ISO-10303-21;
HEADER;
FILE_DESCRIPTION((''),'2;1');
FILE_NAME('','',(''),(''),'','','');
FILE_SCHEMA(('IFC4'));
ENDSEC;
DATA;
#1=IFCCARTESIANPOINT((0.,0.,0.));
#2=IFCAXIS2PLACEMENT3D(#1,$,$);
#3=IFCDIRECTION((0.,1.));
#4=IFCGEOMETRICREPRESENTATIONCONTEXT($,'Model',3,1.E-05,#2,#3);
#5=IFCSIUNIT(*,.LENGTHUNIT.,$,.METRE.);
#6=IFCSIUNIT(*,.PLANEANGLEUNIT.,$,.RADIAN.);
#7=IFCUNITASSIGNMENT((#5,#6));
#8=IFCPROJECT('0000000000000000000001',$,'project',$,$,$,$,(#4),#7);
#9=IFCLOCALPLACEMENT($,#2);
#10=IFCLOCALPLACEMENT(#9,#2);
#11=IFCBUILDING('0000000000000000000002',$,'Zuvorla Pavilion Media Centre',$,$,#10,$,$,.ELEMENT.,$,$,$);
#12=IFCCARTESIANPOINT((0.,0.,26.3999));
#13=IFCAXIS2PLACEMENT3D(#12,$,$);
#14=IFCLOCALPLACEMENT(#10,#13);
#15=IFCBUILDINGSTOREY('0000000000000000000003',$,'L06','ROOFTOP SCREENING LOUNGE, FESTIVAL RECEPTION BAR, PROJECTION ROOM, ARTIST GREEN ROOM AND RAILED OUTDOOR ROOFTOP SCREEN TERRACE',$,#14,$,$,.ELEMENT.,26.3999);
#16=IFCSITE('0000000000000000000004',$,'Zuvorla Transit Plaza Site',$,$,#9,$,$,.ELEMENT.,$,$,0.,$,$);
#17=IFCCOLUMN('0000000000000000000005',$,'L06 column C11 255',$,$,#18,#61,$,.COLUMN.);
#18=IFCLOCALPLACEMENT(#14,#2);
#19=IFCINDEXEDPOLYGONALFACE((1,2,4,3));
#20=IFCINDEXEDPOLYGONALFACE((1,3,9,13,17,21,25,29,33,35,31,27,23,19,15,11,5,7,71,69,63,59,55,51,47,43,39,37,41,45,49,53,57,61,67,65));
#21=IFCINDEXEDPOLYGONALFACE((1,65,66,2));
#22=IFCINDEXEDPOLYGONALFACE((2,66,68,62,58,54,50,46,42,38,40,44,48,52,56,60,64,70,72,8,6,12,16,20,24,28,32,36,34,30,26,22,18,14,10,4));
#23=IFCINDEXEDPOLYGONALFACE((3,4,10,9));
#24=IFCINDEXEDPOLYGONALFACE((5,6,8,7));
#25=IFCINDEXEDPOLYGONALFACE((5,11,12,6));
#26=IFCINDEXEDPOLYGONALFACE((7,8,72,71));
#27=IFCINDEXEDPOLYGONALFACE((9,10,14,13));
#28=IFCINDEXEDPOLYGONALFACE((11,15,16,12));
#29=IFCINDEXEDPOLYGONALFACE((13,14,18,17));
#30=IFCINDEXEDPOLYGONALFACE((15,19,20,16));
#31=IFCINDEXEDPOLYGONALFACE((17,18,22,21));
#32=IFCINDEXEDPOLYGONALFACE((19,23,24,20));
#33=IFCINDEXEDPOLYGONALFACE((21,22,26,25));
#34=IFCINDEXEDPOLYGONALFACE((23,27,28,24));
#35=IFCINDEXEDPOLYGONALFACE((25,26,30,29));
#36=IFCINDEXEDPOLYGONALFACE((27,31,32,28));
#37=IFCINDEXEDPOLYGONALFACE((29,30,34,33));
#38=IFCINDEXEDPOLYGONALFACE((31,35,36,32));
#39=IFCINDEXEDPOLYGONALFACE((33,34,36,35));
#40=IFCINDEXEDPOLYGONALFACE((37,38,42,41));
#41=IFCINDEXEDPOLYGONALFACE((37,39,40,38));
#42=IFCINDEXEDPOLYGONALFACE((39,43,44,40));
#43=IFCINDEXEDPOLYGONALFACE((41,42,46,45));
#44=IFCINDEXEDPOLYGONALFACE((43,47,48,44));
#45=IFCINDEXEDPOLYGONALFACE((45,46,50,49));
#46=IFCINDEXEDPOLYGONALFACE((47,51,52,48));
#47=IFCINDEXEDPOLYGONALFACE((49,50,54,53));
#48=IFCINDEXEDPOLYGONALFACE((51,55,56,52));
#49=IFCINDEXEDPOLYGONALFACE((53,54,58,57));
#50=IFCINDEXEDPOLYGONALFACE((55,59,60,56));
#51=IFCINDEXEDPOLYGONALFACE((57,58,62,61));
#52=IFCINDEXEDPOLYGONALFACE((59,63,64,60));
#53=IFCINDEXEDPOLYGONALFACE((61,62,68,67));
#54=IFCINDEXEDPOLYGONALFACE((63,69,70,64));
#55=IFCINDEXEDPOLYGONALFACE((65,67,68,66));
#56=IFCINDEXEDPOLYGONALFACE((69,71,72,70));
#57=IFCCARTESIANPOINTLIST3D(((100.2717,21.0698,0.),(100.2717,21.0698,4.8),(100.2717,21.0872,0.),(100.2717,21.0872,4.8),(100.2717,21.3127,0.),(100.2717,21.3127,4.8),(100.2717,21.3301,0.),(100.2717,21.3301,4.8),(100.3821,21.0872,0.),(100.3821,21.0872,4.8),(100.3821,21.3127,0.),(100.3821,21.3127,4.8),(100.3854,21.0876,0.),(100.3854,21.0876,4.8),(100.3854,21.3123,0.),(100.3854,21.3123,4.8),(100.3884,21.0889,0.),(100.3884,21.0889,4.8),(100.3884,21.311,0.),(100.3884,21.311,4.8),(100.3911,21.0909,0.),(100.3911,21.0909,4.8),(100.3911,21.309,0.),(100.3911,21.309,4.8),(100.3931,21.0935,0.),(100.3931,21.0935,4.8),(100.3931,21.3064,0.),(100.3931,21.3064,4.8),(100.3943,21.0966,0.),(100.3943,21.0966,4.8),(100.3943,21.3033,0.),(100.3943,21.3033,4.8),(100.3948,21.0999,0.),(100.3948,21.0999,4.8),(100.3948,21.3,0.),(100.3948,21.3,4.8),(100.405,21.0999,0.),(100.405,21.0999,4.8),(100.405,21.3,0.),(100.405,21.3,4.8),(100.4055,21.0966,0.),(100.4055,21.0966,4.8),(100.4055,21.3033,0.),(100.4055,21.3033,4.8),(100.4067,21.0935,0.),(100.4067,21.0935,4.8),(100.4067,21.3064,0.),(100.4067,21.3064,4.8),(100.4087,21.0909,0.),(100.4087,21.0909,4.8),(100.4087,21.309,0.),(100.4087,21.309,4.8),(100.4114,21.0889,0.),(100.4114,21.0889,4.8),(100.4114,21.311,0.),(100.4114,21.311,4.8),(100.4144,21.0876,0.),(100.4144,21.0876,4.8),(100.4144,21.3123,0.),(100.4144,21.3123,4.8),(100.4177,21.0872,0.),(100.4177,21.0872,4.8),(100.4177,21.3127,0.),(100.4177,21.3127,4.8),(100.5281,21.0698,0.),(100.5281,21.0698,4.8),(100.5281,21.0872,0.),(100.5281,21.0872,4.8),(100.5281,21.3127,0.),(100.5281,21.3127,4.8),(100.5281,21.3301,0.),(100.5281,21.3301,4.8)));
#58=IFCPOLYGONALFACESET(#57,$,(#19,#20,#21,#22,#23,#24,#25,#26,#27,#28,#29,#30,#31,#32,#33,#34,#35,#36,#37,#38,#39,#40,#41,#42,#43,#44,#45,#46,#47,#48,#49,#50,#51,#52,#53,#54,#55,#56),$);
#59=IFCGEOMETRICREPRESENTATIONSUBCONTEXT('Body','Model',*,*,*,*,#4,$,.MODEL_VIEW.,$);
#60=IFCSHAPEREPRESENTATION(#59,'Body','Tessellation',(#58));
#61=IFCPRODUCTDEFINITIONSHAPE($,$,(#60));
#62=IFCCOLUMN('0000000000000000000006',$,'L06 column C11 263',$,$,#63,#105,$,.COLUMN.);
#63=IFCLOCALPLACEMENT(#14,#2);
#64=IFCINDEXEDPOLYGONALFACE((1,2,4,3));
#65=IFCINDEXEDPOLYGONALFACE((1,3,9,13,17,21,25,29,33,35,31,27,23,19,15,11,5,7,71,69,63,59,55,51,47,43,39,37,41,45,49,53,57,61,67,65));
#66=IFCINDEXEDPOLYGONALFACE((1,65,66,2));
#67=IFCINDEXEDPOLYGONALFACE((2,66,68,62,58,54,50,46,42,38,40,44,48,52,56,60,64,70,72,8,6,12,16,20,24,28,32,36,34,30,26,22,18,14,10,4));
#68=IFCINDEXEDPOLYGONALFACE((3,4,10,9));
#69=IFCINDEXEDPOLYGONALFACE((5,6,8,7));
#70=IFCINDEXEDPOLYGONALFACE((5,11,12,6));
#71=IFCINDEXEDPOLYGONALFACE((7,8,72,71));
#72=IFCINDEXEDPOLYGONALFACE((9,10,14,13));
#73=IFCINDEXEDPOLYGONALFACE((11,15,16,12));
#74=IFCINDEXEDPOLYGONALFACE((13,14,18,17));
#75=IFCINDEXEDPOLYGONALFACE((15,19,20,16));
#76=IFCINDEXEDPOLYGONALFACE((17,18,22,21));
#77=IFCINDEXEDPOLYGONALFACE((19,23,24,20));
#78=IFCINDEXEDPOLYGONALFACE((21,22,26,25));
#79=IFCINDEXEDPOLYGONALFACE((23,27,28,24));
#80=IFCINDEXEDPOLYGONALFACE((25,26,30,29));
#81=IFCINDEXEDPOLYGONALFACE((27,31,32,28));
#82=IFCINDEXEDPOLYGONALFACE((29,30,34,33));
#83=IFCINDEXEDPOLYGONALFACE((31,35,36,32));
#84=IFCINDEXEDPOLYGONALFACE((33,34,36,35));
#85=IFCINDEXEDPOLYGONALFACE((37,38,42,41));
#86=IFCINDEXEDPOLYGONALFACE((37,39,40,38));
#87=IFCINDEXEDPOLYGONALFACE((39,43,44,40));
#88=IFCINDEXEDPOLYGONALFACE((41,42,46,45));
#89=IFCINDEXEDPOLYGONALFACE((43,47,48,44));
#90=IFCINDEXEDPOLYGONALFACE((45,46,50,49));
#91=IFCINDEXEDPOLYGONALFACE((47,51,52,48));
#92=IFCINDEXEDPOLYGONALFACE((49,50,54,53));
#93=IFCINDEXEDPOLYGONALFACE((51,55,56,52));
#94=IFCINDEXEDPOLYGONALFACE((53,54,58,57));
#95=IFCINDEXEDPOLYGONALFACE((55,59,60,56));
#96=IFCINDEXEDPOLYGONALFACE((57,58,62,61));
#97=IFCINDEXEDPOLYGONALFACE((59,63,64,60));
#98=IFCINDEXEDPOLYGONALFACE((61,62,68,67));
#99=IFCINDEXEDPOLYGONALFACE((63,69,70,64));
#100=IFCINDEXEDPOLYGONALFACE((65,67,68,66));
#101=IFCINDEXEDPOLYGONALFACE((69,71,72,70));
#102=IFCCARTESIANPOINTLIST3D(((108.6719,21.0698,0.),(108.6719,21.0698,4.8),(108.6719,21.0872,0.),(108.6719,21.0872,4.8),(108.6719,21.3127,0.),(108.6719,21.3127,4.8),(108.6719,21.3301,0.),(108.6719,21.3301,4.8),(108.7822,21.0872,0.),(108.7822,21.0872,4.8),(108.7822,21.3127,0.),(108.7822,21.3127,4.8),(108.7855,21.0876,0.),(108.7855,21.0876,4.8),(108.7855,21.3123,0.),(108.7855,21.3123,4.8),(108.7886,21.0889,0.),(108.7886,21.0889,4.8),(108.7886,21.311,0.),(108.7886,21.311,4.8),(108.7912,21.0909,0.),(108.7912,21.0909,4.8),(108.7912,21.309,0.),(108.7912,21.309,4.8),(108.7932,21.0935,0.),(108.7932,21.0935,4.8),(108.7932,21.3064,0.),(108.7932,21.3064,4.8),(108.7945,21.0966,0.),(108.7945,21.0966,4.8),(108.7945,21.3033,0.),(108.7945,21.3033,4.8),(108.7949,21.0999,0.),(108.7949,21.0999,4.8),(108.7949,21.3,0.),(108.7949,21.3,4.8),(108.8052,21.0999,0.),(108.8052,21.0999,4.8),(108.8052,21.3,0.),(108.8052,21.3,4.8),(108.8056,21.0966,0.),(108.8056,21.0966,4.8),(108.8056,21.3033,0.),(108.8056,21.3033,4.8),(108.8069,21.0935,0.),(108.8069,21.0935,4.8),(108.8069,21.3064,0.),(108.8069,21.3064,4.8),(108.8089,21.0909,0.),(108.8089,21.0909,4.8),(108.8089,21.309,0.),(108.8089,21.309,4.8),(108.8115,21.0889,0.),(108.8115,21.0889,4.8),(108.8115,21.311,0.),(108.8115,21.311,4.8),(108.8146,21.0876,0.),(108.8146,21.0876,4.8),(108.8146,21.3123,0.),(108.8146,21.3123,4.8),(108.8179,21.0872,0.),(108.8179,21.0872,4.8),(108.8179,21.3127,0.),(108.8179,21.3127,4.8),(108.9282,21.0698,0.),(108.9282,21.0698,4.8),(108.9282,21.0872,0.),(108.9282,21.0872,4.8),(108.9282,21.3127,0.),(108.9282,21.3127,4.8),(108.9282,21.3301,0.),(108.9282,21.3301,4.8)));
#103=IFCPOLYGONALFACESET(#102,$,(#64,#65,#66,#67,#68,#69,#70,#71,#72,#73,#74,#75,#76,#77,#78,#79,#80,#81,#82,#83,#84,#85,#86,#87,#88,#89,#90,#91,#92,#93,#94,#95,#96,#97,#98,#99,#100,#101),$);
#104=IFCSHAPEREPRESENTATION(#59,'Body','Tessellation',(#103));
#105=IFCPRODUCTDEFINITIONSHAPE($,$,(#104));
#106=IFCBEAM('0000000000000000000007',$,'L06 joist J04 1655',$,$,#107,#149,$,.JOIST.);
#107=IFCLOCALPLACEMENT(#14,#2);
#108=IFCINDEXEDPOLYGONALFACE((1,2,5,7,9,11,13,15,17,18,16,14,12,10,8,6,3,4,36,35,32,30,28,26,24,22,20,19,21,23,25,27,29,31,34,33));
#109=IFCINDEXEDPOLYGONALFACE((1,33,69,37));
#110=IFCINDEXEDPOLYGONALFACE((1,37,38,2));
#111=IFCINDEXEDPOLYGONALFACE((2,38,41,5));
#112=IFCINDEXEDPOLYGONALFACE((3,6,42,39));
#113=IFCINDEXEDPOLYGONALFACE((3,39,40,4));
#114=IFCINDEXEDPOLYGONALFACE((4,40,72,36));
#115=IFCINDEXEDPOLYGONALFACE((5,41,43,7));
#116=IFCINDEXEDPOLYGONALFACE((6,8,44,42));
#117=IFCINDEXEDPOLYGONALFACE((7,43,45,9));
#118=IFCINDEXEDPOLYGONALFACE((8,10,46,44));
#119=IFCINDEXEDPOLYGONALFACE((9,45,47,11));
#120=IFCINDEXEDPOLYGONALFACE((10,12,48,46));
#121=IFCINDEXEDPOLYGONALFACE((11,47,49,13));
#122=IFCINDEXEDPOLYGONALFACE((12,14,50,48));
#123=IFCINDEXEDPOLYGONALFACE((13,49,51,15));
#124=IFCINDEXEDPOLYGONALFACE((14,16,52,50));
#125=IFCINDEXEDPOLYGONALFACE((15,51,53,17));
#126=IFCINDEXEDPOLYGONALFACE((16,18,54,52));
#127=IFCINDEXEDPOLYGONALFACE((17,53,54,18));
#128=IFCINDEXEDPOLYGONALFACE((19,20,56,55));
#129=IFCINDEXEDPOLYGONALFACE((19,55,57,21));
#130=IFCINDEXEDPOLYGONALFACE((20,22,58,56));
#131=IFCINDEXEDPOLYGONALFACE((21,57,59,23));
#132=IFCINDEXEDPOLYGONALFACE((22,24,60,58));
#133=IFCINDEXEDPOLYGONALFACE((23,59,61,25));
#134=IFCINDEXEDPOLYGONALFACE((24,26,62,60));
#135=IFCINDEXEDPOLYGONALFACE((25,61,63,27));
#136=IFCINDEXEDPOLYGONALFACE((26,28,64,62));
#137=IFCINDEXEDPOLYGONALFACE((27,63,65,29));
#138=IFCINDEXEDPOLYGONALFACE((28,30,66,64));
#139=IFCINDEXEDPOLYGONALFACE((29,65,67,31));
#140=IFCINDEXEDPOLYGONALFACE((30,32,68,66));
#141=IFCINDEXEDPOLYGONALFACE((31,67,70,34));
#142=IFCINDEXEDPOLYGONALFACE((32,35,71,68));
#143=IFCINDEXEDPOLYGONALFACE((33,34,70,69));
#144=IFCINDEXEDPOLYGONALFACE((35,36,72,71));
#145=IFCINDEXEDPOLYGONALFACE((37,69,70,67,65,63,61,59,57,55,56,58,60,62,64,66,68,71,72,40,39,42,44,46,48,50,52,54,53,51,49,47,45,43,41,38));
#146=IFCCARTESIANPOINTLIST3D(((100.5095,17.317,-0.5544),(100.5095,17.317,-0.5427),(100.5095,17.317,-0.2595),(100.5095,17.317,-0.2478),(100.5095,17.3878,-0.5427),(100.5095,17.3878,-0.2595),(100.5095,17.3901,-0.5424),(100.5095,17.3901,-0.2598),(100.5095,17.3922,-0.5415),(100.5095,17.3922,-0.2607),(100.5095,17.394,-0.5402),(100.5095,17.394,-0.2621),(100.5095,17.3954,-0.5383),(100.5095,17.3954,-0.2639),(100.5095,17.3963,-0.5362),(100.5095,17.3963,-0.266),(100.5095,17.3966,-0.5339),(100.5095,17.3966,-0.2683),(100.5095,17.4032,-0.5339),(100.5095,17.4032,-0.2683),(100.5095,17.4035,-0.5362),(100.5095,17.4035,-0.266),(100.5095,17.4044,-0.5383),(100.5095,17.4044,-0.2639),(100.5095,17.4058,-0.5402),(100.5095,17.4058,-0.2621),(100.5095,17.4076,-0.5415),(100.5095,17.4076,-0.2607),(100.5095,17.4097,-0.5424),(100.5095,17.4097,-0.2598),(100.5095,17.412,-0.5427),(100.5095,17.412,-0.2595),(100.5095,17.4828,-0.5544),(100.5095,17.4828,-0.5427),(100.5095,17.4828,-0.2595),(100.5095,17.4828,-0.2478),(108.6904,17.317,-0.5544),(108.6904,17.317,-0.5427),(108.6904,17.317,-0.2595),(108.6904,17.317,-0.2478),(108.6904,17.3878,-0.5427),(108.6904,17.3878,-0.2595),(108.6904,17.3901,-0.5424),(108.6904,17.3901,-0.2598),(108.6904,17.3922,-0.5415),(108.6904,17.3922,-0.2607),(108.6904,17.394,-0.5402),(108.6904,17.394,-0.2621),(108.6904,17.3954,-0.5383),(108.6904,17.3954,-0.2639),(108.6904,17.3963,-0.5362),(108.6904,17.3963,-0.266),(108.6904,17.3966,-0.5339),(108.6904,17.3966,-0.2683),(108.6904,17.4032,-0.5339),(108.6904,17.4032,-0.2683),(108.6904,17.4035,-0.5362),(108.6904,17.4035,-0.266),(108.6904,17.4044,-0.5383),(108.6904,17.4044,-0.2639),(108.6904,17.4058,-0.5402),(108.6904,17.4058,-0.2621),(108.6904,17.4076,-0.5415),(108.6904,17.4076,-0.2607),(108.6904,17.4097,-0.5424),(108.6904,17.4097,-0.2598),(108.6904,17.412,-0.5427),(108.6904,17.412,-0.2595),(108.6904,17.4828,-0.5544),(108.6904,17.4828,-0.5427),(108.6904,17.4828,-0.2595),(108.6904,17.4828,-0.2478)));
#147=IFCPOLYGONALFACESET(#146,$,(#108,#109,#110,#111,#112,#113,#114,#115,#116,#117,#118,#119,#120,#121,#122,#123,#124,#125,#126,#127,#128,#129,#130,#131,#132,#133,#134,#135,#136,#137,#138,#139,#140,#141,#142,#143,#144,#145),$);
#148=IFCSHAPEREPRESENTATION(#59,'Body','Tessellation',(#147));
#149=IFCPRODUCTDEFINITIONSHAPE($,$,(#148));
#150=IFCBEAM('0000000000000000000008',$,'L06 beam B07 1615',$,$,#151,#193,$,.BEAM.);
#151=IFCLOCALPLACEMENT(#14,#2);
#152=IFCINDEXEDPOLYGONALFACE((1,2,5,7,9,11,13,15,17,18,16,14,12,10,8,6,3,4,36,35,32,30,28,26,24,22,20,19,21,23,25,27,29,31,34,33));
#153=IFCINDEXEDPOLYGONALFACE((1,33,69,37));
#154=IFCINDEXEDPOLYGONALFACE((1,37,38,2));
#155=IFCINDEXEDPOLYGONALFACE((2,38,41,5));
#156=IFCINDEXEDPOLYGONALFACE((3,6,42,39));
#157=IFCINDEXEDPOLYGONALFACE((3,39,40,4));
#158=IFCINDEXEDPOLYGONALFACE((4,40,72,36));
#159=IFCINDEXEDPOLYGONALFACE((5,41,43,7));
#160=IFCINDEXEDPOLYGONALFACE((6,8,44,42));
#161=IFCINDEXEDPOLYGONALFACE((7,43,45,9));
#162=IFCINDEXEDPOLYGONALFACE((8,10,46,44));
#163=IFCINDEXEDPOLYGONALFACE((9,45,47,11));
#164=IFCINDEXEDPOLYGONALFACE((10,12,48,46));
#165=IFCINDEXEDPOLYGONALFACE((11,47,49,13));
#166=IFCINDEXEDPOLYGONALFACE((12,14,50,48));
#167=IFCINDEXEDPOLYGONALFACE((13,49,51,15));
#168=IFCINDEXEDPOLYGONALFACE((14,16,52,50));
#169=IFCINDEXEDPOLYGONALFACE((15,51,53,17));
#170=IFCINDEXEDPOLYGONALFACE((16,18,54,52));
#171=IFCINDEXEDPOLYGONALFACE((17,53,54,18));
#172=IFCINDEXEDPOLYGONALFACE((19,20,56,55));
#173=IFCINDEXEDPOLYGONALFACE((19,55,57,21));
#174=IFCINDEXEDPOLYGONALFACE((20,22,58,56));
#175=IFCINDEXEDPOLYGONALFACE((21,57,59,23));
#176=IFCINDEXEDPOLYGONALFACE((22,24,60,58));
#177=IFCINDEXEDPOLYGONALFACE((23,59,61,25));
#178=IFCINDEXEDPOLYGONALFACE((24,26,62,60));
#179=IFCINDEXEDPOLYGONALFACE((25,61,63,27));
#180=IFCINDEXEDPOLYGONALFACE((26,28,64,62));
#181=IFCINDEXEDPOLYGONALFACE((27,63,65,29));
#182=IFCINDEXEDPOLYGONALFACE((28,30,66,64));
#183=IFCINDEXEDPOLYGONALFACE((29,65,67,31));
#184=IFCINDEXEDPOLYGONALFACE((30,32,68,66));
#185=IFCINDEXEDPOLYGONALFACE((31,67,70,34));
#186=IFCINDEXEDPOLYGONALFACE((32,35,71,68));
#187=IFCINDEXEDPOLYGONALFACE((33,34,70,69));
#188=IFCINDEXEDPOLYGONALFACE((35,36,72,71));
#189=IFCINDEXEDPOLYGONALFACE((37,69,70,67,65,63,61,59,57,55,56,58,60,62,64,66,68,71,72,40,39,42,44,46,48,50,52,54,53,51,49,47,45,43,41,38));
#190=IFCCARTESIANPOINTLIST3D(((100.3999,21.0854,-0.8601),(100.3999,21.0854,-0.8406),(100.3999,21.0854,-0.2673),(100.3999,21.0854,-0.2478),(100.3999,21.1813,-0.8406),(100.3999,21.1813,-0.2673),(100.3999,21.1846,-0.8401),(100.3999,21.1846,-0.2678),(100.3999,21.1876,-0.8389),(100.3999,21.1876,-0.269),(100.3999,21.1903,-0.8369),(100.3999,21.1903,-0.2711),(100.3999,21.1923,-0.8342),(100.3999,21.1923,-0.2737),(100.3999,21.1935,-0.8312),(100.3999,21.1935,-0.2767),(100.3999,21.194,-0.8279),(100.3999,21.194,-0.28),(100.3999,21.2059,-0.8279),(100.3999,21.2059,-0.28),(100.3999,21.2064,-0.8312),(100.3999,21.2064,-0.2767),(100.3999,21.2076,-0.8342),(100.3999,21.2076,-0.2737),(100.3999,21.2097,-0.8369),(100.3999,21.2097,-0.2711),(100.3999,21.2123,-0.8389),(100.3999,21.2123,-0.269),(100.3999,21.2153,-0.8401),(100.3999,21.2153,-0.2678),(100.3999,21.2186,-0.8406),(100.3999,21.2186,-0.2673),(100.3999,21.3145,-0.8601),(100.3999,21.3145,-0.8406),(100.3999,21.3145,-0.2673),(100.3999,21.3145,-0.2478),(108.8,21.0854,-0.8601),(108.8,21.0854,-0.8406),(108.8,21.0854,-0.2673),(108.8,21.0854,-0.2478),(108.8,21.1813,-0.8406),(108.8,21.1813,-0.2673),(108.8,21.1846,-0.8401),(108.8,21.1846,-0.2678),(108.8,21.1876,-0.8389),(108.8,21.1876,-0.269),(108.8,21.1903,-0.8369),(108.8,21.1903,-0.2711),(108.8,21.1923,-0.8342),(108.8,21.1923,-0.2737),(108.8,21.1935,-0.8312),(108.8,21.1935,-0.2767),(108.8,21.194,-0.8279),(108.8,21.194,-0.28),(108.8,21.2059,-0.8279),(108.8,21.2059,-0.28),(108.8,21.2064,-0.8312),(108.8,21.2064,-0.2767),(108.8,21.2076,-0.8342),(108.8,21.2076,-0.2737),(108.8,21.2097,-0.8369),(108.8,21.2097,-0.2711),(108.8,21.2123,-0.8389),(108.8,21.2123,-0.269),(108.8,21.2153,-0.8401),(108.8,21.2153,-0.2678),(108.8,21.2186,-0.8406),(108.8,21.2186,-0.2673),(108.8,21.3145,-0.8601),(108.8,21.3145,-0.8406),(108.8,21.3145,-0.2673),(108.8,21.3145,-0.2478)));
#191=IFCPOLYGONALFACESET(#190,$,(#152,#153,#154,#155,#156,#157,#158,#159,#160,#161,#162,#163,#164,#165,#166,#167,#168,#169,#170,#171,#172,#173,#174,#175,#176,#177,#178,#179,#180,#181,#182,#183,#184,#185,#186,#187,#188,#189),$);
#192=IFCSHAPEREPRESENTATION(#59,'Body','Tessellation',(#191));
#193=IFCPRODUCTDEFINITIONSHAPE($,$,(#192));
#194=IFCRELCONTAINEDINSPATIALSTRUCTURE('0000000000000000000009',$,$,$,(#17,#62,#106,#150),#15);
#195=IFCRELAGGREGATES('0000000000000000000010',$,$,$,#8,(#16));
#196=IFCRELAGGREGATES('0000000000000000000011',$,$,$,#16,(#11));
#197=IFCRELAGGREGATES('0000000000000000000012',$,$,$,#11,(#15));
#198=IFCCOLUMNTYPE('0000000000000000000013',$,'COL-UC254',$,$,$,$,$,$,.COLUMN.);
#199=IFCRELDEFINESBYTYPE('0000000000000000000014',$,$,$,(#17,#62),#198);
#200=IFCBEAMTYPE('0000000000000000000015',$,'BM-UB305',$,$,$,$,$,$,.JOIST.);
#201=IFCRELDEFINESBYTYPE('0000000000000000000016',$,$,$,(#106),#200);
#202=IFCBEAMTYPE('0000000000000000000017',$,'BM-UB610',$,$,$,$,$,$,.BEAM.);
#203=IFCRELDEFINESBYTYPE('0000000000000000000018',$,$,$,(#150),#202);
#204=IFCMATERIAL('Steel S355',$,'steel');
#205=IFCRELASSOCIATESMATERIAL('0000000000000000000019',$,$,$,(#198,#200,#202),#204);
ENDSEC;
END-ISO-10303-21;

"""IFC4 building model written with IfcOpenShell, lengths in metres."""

from ifc_helpers import new_model, si_unit, direction, frame, origin, origin_2d, place, context, subcontext, project, spatial, i_section, extrude, material, material_profile, profile_set, type_object, element, save


model = new_model("IFC4")

# Units and contexts
model_context = context("Model", 3, precision=1e-05, world=origin(), true_north=direction((0.0, 1.0)))
body_context = subcontext(model_context, "Body", "Model", "MODEL_VIEW")
ifc_project = project(units=[si_unit("LENGTHUNIT", "METRE"), si_unit("PLANEANGLEUNIT", "RADIAN")], contexts=[model_context])

# Site, building, storey
site_placement = place(None, origin())
site = spatial("IfcSite", under=ifc_project, at=site_placement, Name="Zuvorla Transit Plaza Site", CompositionType="ELEMENT", RefElevation=0.0)
building_placement = place(site_placement, origin())
building = spatial("IfcBuilding", under=site, at=building_placement, Name="Zuvorla Pavilion Media Centre", CompositionType="ELEMENT")
storey_placement = place(building_placement, frame((0.0, 0.0, 26.3999)))
storey = spatial("IfcBuildingStorey", under=building, at=storey_placement, Name="L06", Description="ROOFTOP SCREENING LOUNGE, FESTIVAL RECEPTION BAR, PROJECTION ROOM, ARTIST GREEN ROOM AND RAILED OUTDOOR ROOFTOP SCREEN TERRACE", CompositionType="ELEMENT", Elevation=26.3999)

# Columns
ifc_material_1 = material(Name="Steel S355", Category="steel")
ifc_material_profile_1 = material_profile(ifc_material_1, i_section(OverallWidth=0.2563, OverallDepth=0.2603, WebThickness=0.0103, FlangeThickness=0.0173, FilletRadius=0.0127, at=origin_2d()), Name="UC 254x254x89")
ifc_profile_set_1 = profile_set([ifc_material_profile_1], Name="Steel S355")
column_type = type_object("IfcColumnType", Name="COL-UC254", PredefinedType="COLUMN", material=ifc_profile_set_1)
for number, where, z_axis, x_axis, name in (
    (1, (100.3999, 21.2, 0.0), (0.0, 0.0, 1.0), (1.0, 0.0, 0.0), "L06 column C11 255"),
    (2, (108.8, 21.2, 0.0), (0.0, 0.0, 1.0), (1.0, 0.0, 0.0), "L06 column C11 263"),
):
    element("IfcColumn", number, at=place(storey_placement, frame(where, z_axis=z_axis, x_axis=x_axis)), inside=storey, type_object=column_type, Name=name, PredefinedType="COLUMN", context=body_context, shape_type="SweptSolid", body=[
        extrude(i_section(OverallWidth=0.2563, OverallDepth=0.2603, WebThickness=0.0103, FlangeThickness=0.0173, FilletRadius=0.0127, at=origin_2d()), origin(), (0.0, 0.0, 1.0), 4.8),
    ])

# Beams
ifc_material_profile_2 = material_profile(ifc_material_1, i_section(OverallWidth=0.1658, OverallDepth=0.3066, WebThickness=0.0066, FlangeThickness=0.0117, FilletRadius=0.0088, at=origin_2d()), Name="UB 305x165x46")
ifc_profile_set_2 = profile_set([ifc_material_profile_2], Name="Steel S355")
beam_type_1 = type_object("IfcBeamType", Name="BM-UB305", PredefinedType="JOIST", material=ifc_profile_set_2)
beam_1_placement = place(storey_placement, frame((100.5095, 17.3999, -0.4011), z_axis=(1.0, 0.0, 0.0), x_axis=(0.0, 1.0, 0.0)))
element("IfcBeam", 3, at=beam_1_placement, inside=storey, type_object=beam_type_1, Name="L06 joist J04 1655", PredefinedType="JOIST", context=body_context, shape_type="SweptSolid", body=[
    extrude(i_section(OverallWidth=0.1658, OverallDepth=0.3066, WebThickness=0.0066, FlangeThickness=0.0117, FilletRadius=0.0088, at=origin_2d()), origin(), (0.0, 0.0, 1.0), 8.1809),
])
ifc_material_profile_3 = material_profile(ifc_material_1, i_section(OverallWidth=0.229, OverallDepth=0.6123, WebThickness=0.012, FlangeThickness=0.0195, FilletRadius=0.0127, at=origin_2d()), Name="UB 610x229x125")
ifc_profile_set_3 = profile_set([ifc_material_profile_3], Name="Steel S355")
beam_type_2 = type_object("IfcBeamType", Name="BM-UB610", PredefinedType="BEAM", material=ifc_profile_set_3)
beam_2_placement = place(storey_placement, frame((100.3999, 21.2, -0.554), z_axis=(1.0, 0.0, 0.0), x_axis=(0.0, 1.0, 0.0)))
element("IfcBeam", 4, at=beam_2_placement, inside=storey, type_object=beam_type_2, Name="L06 beam B07 1615", PredefinedType="BEAM", context=body_context, shape_type="SweptSolid", body=[
    extrude(i_section(OverallWidth=0.229, OverallDepth=0.6123, WebThickness=0.012, FlangeThickness=0.0195, FilletRadius=0.0127, at=origin_2d()), origin(), (0.0, 0.0, 1.0), 8.4001),
])

save(model, "model.ifc")
